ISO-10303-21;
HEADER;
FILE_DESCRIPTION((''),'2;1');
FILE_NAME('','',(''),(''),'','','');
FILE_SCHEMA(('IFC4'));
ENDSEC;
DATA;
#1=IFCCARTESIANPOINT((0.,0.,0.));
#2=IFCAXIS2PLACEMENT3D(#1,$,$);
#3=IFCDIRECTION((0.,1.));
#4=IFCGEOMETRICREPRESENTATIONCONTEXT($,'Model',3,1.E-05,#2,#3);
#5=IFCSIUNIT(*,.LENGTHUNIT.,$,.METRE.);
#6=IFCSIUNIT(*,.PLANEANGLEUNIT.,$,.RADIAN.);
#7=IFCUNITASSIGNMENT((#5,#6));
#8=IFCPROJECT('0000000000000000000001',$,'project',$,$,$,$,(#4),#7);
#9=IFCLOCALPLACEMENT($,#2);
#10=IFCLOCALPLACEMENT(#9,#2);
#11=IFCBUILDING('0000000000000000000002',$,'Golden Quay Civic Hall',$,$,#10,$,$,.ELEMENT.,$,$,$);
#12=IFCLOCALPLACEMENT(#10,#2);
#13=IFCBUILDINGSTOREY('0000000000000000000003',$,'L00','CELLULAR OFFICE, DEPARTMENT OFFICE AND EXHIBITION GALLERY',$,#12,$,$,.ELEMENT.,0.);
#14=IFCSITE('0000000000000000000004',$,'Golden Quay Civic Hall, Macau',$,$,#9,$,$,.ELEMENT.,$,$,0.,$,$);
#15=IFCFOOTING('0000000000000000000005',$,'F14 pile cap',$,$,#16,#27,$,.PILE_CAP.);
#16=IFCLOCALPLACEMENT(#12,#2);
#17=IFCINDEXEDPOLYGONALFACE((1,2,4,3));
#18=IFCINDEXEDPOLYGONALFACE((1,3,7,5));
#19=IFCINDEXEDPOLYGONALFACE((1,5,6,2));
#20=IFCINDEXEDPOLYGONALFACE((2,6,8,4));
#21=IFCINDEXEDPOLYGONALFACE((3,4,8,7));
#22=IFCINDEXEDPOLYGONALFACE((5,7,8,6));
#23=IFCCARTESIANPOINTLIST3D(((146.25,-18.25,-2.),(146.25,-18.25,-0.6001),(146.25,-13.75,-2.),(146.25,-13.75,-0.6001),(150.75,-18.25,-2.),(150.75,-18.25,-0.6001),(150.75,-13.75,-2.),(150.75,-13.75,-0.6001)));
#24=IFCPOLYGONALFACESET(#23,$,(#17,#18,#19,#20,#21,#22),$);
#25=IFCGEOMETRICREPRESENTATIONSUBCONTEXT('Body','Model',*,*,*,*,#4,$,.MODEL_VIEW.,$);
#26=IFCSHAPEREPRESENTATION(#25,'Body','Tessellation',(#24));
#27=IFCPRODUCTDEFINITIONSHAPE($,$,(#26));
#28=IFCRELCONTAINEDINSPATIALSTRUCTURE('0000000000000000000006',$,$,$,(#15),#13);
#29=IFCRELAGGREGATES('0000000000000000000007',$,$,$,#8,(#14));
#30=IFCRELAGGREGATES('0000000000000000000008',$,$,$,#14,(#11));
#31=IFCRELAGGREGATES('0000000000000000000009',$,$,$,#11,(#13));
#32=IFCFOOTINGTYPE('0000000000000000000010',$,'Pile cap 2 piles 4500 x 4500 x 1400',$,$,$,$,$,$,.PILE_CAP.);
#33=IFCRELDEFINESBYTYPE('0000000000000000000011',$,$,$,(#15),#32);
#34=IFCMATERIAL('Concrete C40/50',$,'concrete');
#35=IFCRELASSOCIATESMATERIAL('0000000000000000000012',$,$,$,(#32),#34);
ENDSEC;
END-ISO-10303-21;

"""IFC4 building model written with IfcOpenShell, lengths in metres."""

from ifc_helpers import new_model, si_unit, direction, frame, origin, place, context, subcontext, project, spatial, polyline, outline, extrude, material, type_object, element, save


model = new_model("IFC4")

# Units and contexts
model_context = context("Model", 3, precision=1e-05, world=origin(), true_north=direction((0.0, 1.0)))
body_context = subcontext(model_context, "Body", "Model", "MODEL_VIEW")
ifc_project = project(units=[si_unit("LENGTHUNIT", "METRE"), si_unit("PLANEANGLEUNIT", "RADIAN")], contexts=[model_context])

# Site, building, storey
site_placement = place(None, origin())
site = spatial("IfcSite", under=ifc_project, at=site_placement, Name="Golden Quay Civic Hall, Macau", CompositionType="ELEMENT", RefElevation=0.0)
building_placement = place(site_placement, origin())
building = spatial("IfcBuilding", under=site, at=building_placement, Name="Golden Quay Civic Hall", CompositionType="ELEMENT")
storey_placement = place(building_placement, origin())
storey = spatial("IfcBuildingStorey", under=building, at=storey_placement, Name="L00", Description="CELLULAR OFFICE, DEPARTMENT OFFICE AND EXHIBITION GALLERY", CompositionType="ELEMENT", Elevation=0.0)

# Footing
ifc_material_1 = material(Name="Concrete C40/50", Category="concrete")
footing_type_1 = type_object("IfcFootingType", Name="Pile cap 2 piles 4500 x 4500 x 1400", PredefinedType="PILE_CAP", material=ifc_material_1)
footing_1_placement = place(storey_placement, frame((0.0, 0.0, -2.0)))
element("IfcFooting", 1, at=footing_1_placement, inside=storey, type_object=footing_type_1, Name="F14 pile cap", PredefinedType="PILE_CAP", context=body_context, shape_type="SweptSolid", body=[
    extrude(outline(polyline([(150.75, -18.25), (150.75, -13.75), (146.25, -13.75), (146.25, -18.25), (150.75, -18.25)])), origin(), (0.0, 0.0, 1.0), 1.3999),
])

save(model, "model.ifc")
